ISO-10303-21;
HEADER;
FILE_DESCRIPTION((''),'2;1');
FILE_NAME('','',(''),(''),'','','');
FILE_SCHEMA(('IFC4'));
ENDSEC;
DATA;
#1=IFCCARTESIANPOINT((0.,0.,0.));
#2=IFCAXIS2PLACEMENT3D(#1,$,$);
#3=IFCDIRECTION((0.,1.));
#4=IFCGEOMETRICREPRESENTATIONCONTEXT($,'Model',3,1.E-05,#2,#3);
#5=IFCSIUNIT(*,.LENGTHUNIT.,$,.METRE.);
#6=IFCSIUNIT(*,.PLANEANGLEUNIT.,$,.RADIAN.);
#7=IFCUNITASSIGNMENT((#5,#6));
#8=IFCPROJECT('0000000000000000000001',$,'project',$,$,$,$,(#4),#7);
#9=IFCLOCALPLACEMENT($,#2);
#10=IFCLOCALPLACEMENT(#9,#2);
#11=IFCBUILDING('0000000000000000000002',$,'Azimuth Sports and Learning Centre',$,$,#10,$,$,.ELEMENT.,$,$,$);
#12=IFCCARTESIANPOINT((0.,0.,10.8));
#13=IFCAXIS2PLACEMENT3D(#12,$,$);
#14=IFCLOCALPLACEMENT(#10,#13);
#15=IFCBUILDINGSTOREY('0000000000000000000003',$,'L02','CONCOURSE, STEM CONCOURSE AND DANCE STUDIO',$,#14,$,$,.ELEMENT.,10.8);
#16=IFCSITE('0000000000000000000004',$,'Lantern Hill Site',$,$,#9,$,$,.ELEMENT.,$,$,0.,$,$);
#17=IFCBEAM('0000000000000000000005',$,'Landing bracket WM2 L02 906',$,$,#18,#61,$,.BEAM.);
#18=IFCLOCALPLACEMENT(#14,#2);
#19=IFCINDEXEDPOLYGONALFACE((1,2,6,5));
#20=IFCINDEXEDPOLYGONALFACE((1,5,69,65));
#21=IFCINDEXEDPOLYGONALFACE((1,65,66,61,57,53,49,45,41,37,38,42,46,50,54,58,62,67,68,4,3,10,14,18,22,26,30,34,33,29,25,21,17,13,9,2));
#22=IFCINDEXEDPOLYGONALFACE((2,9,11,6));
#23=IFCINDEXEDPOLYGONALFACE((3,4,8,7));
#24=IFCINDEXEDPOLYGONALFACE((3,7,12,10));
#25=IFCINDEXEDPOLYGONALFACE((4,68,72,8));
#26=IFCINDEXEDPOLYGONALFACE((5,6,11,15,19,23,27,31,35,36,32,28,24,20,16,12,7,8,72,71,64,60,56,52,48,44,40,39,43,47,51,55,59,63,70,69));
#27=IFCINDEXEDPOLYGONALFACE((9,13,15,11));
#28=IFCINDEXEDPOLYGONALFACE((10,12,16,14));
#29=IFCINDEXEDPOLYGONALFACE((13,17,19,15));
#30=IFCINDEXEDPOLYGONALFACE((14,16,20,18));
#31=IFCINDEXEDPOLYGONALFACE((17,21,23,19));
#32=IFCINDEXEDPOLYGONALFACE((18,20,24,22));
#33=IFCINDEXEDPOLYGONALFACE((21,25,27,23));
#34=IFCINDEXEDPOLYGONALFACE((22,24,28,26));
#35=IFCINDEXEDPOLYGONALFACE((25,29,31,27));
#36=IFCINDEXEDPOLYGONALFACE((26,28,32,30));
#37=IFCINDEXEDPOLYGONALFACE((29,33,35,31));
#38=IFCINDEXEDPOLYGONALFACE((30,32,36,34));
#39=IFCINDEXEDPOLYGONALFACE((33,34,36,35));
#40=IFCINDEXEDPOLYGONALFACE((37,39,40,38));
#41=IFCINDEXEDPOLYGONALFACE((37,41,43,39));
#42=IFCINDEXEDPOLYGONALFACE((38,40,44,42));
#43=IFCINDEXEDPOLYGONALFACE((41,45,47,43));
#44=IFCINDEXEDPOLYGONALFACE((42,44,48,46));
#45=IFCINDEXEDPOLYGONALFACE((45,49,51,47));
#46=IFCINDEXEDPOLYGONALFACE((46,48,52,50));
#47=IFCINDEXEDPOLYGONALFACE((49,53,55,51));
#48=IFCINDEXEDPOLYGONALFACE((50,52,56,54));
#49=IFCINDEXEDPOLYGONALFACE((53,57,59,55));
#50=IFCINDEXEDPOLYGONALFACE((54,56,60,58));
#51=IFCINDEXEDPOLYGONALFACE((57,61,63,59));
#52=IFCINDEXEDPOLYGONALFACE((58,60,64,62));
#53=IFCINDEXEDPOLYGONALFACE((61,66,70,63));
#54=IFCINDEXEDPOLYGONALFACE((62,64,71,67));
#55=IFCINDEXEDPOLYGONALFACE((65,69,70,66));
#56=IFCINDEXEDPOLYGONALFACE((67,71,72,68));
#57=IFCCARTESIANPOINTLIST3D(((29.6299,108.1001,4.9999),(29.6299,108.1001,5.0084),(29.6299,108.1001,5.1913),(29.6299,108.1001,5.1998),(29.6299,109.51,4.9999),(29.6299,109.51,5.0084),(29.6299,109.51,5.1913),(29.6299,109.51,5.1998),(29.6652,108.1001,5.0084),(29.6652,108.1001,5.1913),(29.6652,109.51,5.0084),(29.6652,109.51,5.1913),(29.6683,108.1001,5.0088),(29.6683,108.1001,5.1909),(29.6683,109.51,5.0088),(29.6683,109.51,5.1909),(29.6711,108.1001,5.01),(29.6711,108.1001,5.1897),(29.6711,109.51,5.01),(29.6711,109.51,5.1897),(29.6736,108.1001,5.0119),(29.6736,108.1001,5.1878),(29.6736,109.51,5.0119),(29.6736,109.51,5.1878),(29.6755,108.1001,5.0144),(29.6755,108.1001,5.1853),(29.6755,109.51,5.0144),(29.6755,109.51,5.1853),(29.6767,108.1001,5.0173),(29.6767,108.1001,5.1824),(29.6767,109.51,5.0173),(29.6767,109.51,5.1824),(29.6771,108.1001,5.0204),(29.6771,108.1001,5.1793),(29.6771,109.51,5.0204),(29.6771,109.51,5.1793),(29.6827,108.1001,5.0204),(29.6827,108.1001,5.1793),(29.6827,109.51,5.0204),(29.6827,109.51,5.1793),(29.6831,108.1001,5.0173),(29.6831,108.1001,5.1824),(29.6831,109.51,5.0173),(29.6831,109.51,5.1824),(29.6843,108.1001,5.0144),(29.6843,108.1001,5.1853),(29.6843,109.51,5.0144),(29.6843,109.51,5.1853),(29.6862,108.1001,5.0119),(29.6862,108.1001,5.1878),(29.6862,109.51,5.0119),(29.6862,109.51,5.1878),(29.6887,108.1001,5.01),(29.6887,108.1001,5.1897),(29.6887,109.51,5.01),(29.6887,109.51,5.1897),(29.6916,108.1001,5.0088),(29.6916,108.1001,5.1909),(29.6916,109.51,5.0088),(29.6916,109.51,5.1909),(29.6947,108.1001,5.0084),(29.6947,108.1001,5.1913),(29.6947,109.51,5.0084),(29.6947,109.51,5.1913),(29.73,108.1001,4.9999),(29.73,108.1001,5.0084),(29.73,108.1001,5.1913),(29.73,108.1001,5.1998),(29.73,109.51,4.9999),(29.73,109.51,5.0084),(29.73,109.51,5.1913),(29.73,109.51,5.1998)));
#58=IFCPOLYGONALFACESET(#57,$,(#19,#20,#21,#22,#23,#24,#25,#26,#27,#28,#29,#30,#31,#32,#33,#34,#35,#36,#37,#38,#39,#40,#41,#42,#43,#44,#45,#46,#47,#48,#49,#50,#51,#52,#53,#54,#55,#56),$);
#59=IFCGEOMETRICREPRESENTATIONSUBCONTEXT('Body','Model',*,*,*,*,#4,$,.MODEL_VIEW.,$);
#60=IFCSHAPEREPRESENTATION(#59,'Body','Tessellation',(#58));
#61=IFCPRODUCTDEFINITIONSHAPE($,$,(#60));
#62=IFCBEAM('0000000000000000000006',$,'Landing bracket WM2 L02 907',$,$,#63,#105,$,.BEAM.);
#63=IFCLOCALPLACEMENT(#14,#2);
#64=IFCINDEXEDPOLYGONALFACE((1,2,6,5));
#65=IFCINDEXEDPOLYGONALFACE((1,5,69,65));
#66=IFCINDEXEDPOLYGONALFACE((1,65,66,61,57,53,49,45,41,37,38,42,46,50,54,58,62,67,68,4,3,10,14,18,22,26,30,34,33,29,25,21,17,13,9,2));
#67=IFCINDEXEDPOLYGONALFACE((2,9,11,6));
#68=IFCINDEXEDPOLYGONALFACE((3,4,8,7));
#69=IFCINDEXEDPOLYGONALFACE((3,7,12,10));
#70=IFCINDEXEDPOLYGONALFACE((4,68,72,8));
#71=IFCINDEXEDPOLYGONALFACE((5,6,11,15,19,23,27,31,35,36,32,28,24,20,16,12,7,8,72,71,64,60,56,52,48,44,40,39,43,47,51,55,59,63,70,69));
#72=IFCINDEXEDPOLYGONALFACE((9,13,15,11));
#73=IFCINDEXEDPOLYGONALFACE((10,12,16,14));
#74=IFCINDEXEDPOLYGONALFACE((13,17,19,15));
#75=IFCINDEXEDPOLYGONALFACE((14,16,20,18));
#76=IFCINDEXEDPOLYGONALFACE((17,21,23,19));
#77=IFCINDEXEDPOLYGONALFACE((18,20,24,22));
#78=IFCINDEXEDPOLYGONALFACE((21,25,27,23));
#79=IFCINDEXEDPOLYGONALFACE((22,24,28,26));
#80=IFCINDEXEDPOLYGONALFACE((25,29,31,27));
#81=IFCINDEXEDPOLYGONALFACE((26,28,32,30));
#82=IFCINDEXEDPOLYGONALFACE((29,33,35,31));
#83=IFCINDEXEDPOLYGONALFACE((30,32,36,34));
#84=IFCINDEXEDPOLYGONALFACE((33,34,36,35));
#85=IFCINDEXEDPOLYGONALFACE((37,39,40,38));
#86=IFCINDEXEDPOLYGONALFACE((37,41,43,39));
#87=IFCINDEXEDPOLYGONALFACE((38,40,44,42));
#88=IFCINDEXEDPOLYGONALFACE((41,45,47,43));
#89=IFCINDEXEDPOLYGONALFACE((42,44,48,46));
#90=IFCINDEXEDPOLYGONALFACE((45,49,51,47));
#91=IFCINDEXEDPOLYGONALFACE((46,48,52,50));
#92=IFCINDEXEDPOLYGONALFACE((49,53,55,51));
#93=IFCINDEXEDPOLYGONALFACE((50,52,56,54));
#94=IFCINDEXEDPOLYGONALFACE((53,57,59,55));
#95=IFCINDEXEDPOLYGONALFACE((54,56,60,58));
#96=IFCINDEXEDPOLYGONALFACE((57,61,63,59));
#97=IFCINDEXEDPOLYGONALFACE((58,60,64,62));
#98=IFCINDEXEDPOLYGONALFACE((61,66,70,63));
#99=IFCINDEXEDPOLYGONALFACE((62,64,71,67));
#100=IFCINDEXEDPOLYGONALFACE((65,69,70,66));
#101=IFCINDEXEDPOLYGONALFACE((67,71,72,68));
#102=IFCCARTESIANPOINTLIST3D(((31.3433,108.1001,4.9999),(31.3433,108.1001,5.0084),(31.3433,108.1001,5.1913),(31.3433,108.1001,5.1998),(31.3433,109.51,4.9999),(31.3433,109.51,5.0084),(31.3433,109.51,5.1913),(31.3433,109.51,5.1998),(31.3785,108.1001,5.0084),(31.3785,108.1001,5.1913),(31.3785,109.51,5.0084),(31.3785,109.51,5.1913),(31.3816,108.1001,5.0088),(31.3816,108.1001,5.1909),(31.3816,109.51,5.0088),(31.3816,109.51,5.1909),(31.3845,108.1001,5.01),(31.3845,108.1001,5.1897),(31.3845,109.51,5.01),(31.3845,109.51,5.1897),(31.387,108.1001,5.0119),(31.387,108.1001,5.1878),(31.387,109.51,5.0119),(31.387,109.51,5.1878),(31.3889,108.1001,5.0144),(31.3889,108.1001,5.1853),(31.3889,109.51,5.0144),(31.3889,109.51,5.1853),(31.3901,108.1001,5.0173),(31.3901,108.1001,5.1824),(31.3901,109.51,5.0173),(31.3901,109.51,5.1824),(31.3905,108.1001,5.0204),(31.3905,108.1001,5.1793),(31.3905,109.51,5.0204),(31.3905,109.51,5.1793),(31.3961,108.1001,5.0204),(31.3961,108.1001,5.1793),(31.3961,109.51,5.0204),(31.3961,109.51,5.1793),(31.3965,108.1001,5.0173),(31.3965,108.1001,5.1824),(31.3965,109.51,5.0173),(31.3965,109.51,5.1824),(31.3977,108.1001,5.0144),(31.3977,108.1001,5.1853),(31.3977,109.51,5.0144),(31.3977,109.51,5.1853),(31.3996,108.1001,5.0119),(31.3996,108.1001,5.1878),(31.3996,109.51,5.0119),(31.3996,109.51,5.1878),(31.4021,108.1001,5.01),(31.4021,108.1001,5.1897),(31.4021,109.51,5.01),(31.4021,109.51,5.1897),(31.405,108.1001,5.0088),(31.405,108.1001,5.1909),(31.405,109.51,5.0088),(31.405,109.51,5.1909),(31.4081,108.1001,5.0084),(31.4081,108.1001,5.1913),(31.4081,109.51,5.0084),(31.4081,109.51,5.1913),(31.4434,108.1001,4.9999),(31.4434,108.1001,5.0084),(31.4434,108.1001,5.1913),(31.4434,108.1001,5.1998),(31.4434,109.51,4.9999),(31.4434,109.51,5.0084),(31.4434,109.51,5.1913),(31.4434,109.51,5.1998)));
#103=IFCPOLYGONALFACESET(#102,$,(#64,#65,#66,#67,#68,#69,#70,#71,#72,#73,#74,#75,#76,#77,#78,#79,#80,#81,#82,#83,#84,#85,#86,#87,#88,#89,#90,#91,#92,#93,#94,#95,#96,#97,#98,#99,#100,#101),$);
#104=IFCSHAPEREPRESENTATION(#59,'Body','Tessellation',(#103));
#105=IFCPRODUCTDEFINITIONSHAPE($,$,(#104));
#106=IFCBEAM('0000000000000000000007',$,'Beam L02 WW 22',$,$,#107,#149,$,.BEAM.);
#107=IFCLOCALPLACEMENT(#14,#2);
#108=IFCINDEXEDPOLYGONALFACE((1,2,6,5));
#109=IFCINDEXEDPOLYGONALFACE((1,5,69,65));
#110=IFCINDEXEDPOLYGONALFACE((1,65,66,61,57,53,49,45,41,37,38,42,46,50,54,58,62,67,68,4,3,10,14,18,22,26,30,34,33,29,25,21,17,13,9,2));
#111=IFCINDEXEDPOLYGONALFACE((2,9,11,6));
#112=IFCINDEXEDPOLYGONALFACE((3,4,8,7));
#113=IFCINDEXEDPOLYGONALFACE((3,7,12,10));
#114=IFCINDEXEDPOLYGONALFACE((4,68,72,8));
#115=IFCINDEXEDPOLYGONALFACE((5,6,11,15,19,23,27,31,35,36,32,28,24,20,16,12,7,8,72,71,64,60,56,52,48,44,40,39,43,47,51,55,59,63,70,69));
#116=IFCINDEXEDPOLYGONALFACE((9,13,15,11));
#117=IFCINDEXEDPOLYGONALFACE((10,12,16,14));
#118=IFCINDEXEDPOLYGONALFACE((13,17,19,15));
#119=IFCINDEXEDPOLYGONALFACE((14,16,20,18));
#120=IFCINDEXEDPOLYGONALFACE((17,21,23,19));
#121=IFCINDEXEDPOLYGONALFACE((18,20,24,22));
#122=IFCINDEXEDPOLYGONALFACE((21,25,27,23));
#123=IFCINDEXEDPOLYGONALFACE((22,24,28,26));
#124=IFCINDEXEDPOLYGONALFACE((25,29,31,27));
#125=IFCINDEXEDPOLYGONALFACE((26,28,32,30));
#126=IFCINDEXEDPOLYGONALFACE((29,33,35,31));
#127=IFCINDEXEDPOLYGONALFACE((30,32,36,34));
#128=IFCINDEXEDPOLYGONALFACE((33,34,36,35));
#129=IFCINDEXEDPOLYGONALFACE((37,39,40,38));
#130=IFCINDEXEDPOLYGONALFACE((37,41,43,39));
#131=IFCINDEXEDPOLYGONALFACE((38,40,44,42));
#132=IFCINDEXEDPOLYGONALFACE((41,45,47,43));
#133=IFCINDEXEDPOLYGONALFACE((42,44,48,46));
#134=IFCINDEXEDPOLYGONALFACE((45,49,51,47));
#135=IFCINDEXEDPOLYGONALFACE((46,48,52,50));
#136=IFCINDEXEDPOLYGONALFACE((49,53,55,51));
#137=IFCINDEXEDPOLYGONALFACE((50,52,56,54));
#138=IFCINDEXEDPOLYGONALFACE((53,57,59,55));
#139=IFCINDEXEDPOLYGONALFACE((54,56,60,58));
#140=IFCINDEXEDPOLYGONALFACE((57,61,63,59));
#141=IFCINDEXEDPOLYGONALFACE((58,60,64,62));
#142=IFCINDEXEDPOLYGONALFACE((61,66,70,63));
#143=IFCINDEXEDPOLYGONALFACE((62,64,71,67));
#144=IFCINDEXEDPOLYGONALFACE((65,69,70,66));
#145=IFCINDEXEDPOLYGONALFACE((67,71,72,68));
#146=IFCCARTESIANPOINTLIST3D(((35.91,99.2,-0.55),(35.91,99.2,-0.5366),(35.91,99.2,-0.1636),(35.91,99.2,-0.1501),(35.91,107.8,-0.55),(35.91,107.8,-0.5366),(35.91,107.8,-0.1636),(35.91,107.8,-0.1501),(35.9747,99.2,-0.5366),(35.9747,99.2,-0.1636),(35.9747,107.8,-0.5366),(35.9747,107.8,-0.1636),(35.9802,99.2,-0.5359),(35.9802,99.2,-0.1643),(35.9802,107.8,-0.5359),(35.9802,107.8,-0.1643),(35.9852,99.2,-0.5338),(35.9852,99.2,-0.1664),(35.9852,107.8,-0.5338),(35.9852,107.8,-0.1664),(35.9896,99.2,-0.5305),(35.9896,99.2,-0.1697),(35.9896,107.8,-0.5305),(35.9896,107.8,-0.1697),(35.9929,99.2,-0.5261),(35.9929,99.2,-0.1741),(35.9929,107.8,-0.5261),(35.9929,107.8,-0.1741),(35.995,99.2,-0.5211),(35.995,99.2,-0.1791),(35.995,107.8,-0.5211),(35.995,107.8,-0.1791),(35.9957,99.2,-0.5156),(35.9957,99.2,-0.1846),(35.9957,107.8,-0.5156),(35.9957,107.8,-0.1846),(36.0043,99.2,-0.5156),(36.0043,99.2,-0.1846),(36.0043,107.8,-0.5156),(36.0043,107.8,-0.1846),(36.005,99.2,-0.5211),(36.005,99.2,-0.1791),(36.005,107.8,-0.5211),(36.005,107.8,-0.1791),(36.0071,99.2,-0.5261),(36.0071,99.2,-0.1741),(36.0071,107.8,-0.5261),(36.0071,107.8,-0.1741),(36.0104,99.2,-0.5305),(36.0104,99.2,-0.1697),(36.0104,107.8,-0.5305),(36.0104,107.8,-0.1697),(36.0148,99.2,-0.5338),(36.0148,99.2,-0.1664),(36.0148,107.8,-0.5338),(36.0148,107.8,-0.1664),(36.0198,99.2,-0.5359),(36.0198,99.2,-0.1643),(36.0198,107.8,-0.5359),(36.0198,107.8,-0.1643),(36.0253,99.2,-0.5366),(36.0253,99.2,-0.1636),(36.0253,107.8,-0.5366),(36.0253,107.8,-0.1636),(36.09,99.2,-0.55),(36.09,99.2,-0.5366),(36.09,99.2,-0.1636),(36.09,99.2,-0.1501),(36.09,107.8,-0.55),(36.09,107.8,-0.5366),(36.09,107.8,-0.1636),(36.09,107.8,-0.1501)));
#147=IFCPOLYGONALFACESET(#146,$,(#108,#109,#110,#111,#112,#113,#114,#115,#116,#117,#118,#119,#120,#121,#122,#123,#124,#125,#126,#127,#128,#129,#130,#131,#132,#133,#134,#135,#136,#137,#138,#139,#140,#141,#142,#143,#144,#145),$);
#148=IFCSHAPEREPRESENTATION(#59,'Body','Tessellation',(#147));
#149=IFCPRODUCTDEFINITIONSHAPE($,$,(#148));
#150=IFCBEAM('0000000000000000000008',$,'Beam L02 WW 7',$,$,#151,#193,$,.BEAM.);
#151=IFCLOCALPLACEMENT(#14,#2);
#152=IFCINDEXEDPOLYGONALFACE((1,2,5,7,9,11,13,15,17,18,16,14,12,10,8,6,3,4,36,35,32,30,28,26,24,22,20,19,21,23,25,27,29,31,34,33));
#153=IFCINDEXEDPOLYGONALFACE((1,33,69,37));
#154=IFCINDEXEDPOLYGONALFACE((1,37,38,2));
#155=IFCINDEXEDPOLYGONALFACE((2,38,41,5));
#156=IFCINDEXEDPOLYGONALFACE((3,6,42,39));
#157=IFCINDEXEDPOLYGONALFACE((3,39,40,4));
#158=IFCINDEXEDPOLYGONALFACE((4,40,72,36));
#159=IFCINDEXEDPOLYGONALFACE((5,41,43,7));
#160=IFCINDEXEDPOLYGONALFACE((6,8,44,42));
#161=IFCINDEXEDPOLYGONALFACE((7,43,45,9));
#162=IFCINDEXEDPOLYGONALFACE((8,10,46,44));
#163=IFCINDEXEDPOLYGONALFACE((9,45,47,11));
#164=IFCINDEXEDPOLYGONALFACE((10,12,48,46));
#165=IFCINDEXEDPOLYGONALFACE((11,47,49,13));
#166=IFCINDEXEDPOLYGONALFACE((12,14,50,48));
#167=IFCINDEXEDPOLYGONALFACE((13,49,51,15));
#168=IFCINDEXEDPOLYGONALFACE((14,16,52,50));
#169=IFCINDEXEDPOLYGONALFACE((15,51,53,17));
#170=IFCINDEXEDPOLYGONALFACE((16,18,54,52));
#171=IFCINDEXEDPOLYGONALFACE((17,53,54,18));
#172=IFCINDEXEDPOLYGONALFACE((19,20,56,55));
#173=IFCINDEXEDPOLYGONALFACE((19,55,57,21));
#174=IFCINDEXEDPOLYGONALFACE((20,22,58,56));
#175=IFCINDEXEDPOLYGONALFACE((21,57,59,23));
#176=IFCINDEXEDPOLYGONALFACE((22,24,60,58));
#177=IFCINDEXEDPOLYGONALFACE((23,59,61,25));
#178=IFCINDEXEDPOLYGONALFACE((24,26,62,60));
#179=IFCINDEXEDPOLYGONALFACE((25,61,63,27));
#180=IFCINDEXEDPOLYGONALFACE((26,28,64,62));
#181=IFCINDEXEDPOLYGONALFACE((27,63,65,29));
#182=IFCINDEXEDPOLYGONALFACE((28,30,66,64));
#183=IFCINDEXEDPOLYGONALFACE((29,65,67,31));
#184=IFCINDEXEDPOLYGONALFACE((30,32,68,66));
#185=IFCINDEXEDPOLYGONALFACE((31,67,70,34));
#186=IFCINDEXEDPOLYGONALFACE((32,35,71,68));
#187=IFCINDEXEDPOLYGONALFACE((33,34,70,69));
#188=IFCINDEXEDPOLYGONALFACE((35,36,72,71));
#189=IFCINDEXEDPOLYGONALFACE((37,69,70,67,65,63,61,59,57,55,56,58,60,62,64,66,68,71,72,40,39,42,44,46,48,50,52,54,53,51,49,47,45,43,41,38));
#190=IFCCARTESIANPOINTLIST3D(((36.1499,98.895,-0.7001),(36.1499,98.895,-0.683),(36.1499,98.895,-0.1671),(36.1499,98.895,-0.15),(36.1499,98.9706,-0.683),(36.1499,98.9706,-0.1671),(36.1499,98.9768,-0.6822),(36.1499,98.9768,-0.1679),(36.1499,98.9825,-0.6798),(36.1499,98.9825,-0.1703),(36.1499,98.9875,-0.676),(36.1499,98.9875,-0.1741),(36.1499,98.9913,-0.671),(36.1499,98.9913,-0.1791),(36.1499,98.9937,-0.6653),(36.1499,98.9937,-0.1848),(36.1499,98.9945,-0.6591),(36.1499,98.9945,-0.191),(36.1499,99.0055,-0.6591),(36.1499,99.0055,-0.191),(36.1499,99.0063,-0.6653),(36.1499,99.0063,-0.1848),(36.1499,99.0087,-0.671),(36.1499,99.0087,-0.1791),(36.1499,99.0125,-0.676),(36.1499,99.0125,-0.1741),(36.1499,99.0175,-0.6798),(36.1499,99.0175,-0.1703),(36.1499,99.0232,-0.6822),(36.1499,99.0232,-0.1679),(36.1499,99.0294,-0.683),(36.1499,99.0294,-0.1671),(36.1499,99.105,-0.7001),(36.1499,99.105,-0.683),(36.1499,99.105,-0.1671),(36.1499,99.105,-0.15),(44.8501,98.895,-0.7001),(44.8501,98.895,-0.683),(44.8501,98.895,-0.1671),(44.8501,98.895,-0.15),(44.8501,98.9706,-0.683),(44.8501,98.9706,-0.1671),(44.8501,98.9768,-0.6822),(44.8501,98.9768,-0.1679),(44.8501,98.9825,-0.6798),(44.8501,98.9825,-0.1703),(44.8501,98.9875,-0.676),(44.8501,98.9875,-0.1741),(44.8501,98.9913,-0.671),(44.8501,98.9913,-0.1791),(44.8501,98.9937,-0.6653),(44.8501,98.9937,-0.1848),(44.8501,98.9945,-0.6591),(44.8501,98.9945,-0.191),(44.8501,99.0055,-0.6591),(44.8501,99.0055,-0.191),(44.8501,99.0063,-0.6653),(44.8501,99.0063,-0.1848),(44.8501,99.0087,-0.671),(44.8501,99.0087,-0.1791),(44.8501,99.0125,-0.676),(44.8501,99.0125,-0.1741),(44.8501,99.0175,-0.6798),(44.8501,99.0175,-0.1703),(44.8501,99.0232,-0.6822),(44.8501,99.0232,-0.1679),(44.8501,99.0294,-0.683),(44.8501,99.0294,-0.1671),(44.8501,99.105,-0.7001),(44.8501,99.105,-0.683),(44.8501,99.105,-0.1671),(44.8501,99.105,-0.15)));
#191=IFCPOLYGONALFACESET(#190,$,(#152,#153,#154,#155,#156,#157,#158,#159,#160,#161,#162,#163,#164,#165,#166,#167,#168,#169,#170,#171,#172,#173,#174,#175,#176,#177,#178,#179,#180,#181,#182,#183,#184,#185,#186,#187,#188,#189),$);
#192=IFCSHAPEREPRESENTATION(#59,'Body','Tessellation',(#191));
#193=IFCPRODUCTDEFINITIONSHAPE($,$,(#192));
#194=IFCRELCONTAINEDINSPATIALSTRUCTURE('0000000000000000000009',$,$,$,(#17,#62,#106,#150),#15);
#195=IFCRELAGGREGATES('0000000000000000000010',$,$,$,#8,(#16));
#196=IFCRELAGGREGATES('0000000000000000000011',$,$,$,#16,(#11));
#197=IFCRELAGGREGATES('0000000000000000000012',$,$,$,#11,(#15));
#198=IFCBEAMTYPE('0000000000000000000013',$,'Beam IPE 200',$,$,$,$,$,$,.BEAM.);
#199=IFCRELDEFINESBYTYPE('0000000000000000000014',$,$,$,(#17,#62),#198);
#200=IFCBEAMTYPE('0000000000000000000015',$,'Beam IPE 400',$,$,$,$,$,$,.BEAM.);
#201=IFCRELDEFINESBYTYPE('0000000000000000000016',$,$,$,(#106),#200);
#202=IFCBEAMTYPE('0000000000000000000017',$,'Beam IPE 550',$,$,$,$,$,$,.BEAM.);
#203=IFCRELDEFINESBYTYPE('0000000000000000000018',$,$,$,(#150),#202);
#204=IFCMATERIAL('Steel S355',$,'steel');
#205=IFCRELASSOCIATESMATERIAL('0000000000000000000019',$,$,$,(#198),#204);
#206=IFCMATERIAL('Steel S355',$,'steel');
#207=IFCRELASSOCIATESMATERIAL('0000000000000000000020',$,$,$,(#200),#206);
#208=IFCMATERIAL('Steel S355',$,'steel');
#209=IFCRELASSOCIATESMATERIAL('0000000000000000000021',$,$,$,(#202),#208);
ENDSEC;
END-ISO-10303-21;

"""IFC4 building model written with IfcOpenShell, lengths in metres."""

from ifc_helpers import new_model, si_unit, direction, frame, origin, origin_2d, place, context, subcontext, project, spatial, i_section, extrude, material, material_profile, profile_set, type_object, element, save


model = new_model("IFC4")

# Units and contexts
model_context = context("Model", 3, precision=1e-05, world=origin(), true_north=direction((0.0, 1.0)))
body_context = subcontext(model_context, "Body", "Model", "MODEL_VIEW")
ifc_project = project(units=[si_unit("LENGTHUNIT", "METRE"), si_unit("PLANEANGLEUNIT", "RADIAN")], contexts=[model_context])

# Site, building, storey
site_placement = place(None, origin())
site = spatial("IfcSite", under=ifc_project, at=site_placement, Name="Lantern Hill Site", CompositionType="ELEMENT", RefElevation=0.0)
building_placement = place(site_placement, origin())
building = spatial("IfcBuilding", under=site, at=building_placement, Name="Azimuth Sports and Learning Centre", CompositionType="ELEMENT")
storey_placement = place(building_placement, frame((0.0, 0.0, 10.8)))
storey = spatial("IfcBuildingStorey", under=building, at=storey_placement, Name="L02", Description="CONCOURSE, STEM CONCOURSE AND DANCE STUDIO", CompositionType="ELEMENT", Elevation=10.8)

# Beams
ifc_material_1 = material(Name="Steel S355", Category="steel")
ifc_material_profile_1 = material_profile(ifc_material_1, i_section(OverallWidth=0.1001, OverallDepth=0.2, WebThickness=0.0056, FlangeThickness=0.0085, FilletRadius=0.012, at=origin_2d()), Name="IPE 200")
ifc_profile_set_1 = profile_set([ifc_material_profile_1], Name="Steel S355")
beam_type_1 = type_object("IfcBeamType", Name="Beam IPE 200", PredefinedType="BEAM", material=ifc_profile_set_1)
for number, where, z_axis, x_axis, name in (
    (1, (29.6799, 108.1001, 5.0999), (0.0, 1.0, 0.0), (-1.0, 0.0, 0.0), "Landing bracket WM2 L02 906"),
    (2, (31.3933, 108.1001, 5.0999), (0.0, 1.0, 0.0), (-1.0, 0.0, 0.0), "Landing bracket WM2 L02 907"),
):
    element("IfcBeam", number, at=place(storey_placement, frame(where, z_axis=z_axis, x_axis=x_axis)), inside=storey, type_object=beam_type_1, Name=name, PredefinedType="BEAM", context=body_context, shape_type="SweptSolid", body=[
        extrude(i_section(OverallWidth=0.1001, OverallDepth=0.2, WebThickness=0.0056, FlangeThickness=0.0085, FilletRadius=0.012, at=origin_2d()), origin(), (0.0, 0.0, 1.0), 1.4099),
    ])
ifc_material_2 = material(Name="Steel S355", Category="steel")
ifc_material_profile_2 = material_profile(ifc_material_2, i_section(OverallWidth=0.1799, OverallDepth=0.3999, WebThickness=0.0085, FlangeThickness=0.0134, FilletRadius=0.021, at=origin_2d()), Name="IPE 400")
ifc_profile_set_2 = profile_set([ifc_material_profile_2], Name="Steel S355")
beam_type_2 = type_object("IfcBeamType", Name="Beam IPE 400", PredefinedType="BEAM", material=ifc_profile_set_2)
beam_placement = place(storey_placement, frame((36.0, 99.2, -0.3501), z_axis=(0.0, 1.0, 0.0), x_axis=(-1.0, 0.0, 0.0)))
element("IfcBeam", 3, at=beam_placement, inside=storey, type_object=beam_type_2, Name="Beam L02 WW 22", PredefinedType="BEAM", context=body_context, shape_type="SweptSolid", body=[
    extrude(i_section(OverallWidth=0.1799, OverallDepth=0.3999, WebThickness=0.0085, FlangeThickness=0.0134, FilletRadius=0.021, at=origin_2d()), origin(), (0.0, 0.0, 1.0), 8.6001),
])
ifc_material_3 = material(Name="Steel S355", Category="steel")
ifc_material_profile_3 = material_profile(ifc_material_3, i_section(OverallWidth=0.21, OverallDepth=0.55, WebThickness=0.011, FlangeThickness=0.0171, FilletRadius=0.0239, at=origin_2d()), Name="IPE 550")
ifc_profile_set_3 = profile_set([ifc_material_profile_3], Name="Steel S355")
beam_type_3 = type_object("IfcBeamType", Name="Beam IPE 550", PredefinedType="BEAM", material=ifc_profile_set_3)
for number, where, z_axis, x_axis, name in (
    (4, (36.1499, 99.0, -0.425), (1.0, 0.0, 0.0), (0.0, 1.0, 0.0), "Beam L02 WW 7"),
):
    element("IfcBeam", number, at=place(storey_placement, frame(where, z_axis=z_axis, x_axis=x_axis)), inside=storey, type_object=beam_type_3, Name=name, PredefinedType="BEAM", context=body_context, shape_type="SweptSolid", body=[
        extrude(i_section(OverallWidth=0.21, OverallDepth=0.55, WebThickness=0.011, FlangeThickness=0.0171, FilletRadius=0.0239, at=origin_2d()), origin(), (0.0, 0.0, 1.0), 8.7002),
    ])

save(model, "model.ifc")
